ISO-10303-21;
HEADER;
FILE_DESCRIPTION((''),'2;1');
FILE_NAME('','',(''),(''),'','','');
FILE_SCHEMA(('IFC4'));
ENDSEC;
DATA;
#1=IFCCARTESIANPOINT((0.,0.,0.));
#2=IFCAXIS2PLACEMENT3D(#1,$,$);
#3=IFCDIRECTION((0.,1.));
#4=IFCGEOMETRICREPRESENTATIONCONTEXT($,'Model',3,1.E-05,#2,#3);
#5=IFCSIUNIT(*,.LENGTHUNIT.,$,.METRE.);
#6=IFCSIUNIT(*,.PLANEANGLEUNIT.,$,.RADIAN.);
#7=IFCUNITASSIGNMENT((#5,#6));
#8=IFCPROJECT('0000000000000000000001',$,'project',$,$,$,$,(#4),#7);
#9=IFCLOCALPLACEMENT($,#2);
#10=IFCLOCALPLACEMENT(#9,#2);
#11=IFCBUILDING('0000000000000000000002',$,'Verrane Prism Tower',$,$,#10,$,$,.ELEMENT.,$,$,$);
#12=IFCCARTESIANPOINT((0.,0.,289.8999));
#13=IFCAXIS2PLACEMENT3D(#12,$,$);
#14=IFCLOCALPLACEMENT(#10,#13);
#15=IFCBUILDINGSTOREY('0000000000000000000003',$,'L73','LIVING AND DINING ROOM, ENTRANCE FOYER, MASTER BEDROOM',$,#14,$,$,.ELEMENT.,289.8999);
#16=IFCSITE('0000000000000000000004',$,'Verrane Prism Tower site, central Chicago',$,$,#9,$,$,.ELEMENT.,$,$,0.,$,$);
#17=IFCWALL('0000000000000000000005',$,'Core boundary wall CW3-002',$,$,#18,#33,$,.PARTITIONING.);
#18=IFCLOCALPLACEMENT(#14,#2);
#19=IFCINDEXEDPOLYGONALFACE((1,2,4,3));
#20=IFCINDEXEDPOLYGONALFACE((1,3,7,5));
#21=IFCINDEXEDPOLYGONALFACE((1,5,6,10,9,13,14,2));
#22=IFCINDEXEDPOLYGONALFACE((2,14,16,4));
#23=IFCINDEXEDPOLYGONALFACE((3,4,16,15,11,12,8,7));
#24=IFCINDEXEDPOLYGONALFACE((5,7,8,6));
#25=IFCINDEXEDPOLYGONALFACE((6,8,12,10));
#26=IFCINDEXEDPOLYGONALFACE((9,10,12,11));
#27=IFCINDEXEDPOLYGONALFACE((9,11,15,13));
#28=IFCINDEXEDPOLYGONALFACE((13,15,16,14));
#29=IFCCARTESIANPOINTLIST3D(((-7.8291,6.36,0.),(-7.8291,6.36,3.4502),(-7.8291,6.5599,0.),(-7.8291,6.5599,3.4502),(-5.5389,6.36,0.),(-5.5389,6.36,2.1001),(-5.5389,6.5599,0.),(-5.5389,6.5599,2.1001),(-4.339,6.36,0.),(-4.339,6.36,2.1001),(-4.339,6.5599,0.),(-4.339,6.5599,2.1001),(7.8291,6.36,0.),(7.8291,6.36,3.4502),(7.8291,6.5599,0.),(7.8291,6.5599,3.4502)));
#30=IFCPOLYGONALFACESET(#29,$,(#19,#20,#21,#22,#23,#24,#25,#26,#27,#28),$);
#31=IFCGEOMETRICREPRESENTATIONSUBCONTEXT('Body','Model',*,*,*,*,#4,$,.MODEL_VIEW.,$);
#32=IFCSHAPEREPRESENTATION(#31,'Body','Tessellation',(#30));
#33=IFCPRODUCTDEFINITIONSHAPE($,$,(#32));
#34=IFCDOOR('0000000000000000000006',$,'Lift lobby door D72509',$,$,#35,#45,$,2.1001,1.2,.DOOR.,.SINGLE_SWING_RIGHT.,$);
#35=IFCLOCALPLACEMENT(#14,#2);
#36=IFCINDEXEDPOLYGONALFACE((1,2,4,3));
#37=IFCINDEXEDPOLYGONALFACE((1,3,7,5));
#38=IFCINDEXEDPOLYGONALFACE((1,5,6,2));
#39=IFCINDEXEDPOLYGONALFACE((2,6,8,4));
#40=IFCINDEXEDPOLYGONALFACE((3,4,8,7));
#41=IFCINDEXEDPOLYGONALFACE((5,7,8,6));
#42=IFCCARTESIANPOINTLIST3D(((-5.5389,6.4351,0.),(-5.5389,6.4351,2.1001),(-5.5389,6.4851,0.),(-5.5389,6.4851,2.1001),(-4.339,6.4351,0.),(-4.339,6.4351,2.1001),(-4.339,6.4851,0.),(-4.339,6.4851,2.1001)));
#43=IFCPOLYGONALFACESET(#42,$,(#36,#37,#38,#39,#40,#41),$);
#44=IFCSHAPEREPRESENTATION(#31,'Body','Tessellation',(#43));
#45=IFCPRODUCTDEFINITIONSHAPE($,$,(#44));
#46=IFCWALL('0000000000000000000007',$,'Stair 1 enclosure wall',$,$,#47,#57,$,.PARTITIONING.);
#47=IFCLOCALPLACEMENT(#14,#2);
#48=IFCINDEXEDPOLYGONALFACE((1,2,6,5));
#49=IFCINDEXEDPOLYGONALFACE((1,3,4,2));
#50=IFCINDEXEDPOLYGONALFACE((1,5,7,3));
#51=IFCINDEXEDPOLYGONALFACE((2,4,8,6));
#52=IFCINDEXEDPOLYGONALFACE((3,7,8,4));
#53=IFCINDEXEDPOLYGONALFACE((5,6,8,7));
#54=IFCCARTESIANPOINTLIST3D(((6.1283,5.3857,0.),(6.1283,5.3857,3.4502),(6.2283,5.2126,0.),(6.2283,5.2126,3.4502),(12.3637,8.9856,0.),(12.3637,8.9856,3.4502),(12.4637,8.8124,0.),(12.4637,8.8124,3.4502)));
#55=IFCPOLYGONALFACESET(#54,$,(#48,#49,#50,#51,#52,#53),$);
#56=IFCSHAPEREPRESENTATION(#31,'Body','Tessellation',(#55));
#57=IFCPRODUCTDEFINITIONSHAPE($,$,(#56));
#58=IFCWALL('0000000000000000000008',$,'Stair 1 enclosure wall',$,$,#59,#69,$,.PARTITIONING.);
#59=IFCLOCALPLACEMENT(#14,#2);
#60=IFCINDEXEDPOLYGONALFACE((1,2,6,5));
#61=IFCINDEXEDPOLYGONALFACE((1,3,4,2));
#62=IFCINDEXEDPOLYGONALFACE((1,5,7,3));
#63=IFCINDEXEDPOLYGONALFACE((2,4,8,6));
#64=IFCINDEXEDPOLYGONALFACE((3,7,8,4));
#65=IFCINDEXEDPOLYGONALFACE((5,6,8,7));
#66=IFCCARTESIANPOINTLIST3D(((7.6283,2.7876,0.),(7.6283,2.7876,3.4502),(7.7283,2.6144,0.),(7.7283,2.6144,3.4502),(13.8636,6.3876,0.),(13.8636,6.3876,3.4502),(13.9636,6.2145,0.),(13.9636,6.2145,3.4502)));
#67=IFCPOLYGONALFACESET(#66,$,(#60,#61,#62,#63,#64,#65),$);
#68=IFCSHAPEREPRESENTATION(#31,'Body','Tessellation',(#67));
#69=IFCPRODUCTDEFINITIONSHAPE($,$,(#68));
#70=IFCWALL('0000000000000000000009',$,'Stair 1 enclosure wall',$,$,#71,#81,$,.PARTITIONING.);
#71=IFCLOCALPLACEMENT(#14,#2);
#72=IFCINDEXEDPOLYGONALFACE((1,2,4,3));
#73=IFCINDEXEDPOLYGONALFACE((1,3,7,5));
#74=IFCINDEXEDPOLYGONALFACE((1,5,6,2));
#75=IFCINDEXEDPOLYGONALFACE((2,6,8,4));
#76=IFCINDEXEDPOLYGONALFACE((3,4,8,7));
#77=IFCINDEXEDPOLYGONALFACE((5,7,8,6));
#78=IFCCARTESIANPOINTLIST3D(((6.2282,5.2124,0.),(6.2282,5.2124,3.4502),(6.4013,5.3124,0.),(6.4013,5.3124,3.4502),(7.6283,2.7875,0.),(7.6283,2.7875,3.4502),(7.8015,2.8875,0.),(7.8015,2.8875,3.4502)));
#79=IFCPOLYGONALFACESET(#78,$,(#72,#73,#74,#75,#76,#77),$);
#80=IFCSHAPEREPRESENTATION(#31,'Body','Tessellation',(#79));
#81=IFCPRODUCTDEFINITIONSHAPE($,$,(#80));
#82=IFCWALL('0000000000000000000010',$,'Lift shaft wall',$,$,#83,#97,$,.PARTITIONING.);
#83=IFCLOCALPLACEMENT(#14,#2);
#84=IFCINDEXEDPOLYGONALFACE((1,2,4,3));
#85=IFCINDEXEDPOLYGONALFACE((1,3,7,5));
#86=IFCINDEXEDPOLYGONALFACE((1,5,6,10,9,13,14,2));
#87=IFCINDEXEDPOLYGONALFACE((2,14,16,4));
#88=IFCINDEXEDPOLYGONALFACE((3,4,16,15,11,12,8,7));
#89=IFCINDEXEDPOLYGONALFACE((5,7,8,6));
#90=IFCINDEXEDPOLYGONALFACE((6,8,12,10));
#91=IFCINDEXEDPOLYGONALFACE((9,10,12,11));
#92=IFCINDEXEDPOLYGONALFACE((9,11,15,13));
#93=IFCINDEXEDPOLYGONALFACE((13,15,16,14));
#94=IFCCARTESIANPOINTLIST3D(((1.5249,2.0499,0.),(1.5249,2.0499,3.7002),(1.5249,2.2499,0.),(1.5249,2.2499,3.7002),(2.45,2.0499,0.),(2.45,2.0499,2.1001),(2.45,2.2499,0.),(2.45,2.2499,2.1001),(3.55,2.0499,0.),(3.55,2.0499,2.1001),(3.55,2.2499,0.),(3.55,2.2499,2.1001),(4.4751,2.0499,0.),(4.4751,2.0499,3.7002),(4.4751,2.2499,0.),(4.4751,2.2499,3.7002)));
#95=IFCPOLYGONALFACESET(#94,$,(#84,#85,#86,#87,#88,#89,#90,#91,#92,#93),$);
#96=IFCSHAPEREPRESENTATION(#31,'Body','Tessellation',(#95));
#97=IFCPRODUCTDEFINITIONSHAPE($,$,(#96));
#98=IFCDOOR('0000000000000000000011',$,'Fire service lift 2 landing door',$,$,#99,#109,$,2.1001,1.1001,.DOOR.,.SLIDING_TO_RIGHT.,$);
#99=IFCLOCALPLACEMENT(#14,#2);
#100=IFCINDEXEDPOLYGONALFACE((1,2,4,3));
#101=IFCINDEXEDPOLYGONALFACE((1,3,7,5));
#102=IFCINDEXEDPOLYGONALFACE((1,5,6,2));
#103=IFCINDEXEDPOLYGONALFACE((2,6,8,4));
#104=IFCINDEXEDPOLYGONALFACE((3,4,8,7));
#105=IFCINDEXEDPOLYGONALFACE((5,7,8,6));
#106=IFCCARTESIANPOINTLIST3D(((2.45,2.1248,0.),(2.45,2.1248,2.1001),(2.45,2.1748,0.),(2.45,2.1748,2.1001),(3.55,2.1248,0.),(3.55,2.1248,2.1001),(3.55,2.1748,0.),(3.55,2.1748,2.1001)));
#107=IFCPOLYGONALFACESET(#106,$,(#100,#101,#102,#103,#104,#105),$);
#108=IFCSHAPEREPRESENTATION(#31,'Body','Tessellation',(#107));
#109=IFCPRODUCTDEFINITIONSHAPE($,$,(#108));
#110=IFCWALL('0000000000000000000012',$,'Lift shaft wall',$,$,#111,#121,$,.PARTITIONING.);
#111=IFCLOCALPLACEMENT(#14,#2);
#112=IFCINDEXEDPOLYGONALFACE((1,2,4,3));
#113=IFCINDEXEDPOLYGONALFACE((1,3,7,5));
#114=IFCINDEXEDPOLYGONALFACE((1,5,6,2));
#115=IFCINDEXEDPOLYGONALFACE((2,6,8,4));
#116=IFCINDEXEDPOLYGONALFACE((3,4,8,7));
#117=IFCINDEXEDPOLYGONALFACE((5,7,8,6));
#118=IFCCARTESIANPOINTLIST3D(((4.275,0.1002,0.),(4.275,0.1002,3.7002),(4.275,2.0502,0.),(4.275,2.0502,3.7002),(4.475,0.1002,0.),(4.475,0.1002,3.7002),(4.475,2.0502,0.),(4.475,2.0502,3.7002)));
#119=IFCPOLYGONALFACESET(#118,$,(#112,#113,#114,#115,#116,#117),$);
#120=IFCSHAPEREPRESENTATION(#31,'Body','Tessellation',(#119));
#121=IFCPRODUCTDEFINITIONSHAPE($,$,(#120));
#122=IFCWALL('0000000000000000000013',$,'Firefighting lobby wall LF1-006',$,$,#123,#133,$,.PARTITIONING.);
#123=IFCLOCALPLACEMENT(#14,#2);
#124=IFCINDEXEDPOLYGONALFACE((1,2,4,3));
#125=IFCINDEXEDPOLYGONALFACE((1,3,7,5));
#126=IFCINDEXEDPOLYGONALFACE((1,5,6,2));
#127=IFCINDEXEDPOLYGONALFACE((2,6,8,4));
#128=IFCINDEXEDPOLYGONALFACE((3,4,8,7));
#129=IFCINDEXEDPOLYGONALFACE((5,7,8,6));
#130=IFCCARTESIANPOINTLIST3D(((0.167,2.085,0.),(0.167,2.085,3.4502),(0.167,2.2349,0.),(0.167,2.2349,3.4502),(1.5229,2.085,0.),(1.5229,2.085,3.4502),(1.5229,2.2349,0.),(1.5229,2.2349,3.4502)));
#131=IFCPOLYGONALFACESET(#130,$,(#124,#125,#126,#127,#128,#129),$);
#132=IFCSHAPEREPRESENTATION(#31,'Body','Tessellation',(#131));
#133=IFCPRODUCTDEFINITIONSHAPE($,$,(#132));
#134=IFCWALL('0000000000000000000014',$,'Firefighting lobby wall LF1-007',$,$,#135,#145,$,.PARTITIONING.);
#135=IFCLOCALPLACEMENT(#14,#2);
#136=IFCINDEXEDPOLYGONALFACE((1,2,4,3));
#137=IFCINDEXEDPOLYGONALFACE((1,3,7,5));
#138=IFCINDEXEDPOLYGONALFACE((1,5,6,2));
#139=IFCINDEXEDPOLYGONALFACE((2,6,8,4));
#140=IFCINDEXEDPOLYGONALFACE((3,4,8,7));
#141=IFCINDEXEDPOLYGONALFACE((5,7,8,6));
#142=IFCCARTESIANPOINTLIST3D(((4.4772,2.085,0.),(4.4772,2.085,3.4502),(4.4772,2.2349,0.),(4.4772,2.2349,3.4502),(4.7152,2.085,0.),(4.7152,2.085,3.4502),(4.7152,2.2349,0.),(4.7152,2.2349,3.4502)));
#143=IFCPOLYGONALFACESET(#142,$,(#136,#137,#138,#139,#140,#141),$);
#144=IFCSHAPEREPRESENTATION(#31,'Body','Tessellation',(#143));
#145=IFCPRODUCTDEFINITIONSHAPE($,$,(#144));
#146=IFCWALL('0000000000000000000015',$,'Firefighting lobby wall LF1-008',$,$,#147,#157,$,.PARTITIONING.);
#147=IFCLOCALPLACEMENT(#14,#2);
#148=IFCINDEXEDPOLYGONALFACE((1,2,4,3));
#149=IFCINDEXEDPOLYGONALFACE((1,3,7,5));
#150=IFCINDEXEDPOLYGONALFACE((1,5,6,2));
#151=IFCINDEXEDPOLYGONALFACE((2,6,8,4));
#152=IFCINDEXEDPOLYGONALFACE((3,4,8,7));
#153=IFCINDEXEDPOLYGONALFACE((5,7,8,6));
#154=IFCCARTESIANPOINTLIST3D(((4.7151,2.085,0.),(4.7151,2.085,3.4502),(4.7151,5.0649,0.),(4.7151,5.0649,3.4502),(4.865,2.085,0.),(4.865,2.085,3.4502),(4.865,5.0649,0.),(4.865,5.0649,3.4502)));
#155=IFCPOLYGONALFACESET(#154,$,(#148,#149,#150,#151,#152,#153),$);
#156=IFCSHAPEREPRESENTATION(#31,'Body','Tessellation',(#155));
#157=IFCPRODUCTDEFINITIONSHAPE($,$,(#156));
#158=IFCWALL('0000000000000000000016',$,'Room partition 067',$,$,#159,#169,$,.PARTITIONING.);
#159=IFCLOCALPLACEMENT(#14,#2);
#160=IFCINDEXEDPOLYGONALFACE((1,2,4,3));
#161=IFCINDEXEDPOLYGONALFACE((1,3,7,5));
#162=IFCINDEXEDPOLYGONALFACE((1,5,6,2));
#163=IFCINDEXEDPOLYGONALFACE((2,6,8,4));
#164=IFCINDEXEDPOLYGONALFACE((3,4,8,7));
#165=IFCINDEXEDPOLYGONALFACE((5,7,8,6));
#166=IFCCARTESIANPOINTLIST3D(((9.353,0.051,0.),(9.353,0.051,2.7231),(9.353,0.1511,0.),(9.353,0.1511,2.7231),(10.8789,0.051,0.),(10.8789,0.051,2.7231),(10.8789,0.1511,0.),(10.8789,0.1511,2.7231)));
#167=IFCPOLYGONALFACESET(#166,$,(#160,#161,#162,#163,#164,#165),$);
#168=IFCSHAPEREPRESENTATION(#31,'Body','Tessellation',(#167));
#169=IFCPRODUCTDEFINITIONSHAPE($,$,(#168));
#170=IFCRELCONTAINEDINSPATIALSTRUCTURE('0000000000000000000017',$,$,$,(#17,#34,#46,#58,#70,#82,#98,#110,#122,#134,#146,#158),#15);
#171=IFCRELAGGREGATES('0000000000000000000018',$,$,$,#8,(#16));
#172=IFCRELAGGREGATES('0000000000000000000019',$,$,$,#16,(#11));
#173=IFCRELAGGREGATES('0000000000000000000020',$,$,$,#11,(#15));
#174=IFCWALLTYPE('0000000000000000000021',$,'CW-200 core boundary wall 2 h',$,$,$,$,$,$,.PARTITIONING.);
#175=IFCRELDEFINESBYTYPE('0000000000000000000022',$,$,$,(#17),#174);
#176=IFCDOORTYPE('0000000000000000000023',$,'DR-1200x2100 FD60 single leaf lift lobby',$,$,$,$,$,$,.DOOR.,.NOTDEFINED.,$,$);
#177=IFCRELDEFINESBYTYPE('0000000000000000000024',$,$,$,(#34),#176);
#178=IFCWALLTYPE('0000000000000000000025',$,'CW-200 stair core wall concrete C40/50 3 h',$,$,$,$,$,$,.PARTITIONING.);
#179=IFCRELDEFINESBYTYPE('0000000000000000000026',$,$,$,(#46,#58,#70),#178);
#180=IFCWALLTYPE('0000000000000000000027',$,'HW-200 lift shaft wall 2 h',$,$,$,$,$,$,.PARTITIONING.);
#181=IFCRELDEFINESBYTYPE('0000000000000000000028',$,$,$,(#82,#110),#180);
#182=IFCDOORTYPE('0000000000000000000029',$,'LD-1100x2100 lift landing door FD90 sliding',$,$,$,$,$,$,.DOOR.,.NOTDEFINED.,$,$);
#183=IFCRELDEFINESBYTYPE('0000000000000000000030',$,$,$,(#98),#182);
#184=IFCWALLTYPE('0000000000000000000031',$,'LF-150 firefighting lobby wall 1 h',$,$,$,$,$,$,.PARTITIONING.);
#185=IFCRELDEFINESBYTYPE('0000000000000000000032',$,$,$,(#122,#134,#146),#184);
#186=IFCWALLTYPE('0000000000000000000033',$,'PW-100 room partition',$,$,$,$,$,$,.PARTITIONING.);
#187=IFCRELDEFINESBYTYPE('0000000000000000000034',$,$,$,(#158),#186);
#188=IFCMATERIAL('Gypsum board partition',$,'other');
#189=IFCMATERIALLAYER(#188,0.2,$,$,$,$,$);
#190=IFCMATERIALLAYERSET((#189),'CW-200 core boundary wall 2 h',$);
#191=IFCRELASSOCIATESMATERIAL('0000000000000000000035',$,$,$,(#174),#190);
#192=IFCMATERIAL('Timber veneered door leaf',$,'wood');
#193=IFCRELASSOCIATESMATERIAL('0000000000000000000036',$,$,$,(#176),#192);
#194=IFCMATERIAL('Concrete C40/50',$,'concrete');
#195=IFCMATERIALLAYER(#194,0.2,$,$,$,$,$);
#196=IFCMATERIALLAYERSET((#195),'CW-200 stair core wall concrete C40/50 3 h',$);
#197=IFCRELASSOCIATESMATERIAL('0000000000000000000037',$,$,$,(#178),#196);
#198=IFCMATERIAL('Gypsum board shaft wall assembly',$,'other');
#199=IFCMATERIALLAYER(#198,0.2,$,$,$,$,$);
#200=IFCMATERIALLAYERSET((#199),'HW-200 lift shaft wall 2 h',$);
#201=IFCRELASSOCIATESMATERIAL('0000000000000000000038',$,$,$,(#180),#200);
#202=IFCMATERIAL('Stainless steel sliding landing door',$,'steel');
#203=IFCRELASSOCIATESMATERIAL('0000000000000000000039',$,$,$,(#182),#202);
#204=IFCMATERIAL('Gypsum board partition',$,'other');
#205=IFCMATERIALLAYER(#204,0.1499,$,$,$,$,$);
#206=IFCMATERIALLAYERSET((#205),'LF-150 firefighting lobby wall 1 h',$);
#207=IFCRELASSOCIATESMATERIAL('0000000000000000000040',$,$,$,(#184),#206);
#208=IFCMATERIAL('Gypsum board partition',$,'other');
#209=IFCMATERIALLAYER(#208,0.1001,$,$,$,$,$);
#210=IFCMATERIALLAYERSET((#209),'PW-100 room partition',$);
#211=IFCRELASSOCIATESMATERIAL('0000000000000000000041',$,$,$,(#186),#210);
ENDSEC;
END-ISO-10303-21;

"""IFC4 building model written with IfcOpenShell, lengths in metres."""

from ifc_helpers import new_model, si_unit, direction, frame, frame_2d, origin, place, context, subcontext, project, spatial, rectangle, extrude, material, layer, layer_set, type_object, element, fill, save


model = new_model("IFC4")

# Units and contexts
model_context = context("Model", 3, precision=1e-05, world=origin(), true_north=direction((0.0, 1.0)))
body_context = subcontext(model_context, "Body", "Model", "MODEL_VIEW")
ifc_project = project(units=[si_unit("LENGTHUNIT", "METRE"), si_unit("PLANEANGLEUNIT", "RADIAN")], contexts=[model_context])

# Site, building, storey
site_placement = place(None, origin())
site = spatial("IfcSite", under=ifc_project, at=site_placement, Name="Verrane Prism Tower site, central Chicago", CompositionType="ELEMENT", RefElevation=0.0)
building_placement = place(site_placement, origin())
building = spatial("IfcBuilding", under=site, at=building_placement, Name="Verrane Prism Tower", CompositionType="ELEMENT")
storey_placement = place(building_placement, frame((0.0, 0.0, 289.8999)))
storey = spatial("IfcBuildingStorey", under=building, at=storey_placement, Name="L73", Description="LIVING AND DINING ROOM, ENTRANCE FOYER, MASTER BEDROOM", CompositionType="ELEMENT", Elevation=289.8999)

# Wall, opening, door
ifc_material_1 = material(Name="Gypsum board partition", Category="other")
ifc_layer_1 = layer(ifc_material_1, 0.2)
ifc_layer_set_1 = layer_set([ifc_layer_1], Name="CW-200 core boundary wall 2 h")
wall_type_1 = type_object("IfcWallType", Name="CW-200 core boundary wall 2 h", PredefinedType="PARTITIONING", material=ifc_layer_set_1)
wall_1_placement = place(storey_placement, frame((7.8291, 6.46, 0.0), z_axis=(0.0, 0.0, 1.0), x_axis=(-1.0, 0.0, 0.0)))
wall_1 = element("IfcWall", 1, at=wall_1_placement, inside=storey, type_object=wall_type_1, Name="Core boundary wall CW3-002", PredefinedType="PARTITIONING", context=body_context, shape_type="SweptSolid", body=[
    extrude(rectangle(XDim=15.6582, YDim=0.2, at=frame_2d((7.8291, 0.0))), origin(), (0.0, 0.0, 1.0), 3.4502),
])
opening_1_placement = place(wall_1_placement, frame((12.168, 0.0, 0.0)))
opening_1 = element("IfcOpeningElement", 2, at=opening_1_placement, cuts=wall_1, PredefinedType="OPENING", context=body_context, shape_type="SweptSolid", body=[
    extrude(rectangle(XDim=1.2, YDim=2.1001, at=frame_2d((0.6001, 1.05))), frame((0.0, 0.1099, 0.0), z_axis=(0.0, -1.0, 0.0), x_axis=(1.0, 0.0, 0.0)), (0.0, 0.0, 1.0), 0.22),
])
ifc_material_2 = material(Name="Timber veneered door leaf", Category="wood")
door_type_1 = type_object("IfcDoorType", Name="DR-1200x2100 FD60 single leaf lift lobby", OperationType="NOTDEFINED", PredefinedType="DOOR", material=ifc_material_2)
door_1_placement = place(opening_1_placement, origin())
door_1 = element("IfcDoor", 3, at=door_1_placement, inside=storey, type_object=door_type_1, Name="Lift lobby door D72509", OperationType="SINGLE_SWING_RIGHT", OverallHeight=2.1001, OverallWidth=1.2, PredefinedType="DOOR", context=body_context, shape_type="SweptSolid", body=[
    extrude(rectangle(XDim=1.2, YDim=2.1001, at=frame_2d((0.6001, 1.05))), frame((0.0, 0.0249, 0.0), z_axis=(0.0, -1.0, 0.0), x_axis=(1.0, 0.0, 0.0)), (0.0, 0.0, 1.0), 0.05),
])
fill(opening_1, door_1)

# Walls
ifc_material_3 = material(Name="Concrete C40/50", Category="concrete")
ifc_layer_2 = layer(ifc_material_3, 0.2)
ifc_layer_set_2 = layer_set([ifc_layer_2], Name="CW-200 stair core wall concrete C40/50 3 h")
wall_type_2 = type_object("IfcWallType", Name="CW-200 stair core wall concrete C40/50 3 h", PredefinedType="PARTITIONING", material=ifc_layer_set_2)
for number, where, z_axis, x_axis, name in (
    (4, (6.1782, 5.2991, 0.0), (0.0, 0.0, 1.0), (0.866033, 0.499987, 0.0), "Stair 1 enclosure wall"),
    (5, (7.6782, 2.7009, 0.0), (0.0, 0.0, 1.0), (0.866018, 0.500012, 0.0), "Stair 1 enclosure wall"),
):
    element("IfcWall", number, at=place(storey_placement, frame(where, z_axis=z_axis, x_axis=x_axis)), inside=storey, type_object=wall_type_2, Name=name, PredefinedType="PARTITIONING", context=body_context, shape_type="SweptSolid", body=[
        extrude(rectangle(XDim=7.2, YDim=0.2, at=frame_2d((3.6001, 0.0))), origin(), (0.0, 0.0, 1.0), 3.4502),
    ])
wall_2_placement = place(storey_placement, frame((7.7148, 2.8376, 0.0), z_axis=(0.0, 0.0, 1.0), x_axis=(-0.50005, 0.865997, 0.0)))
element("IfcWall", 6, at=wall_2_placement, inside=storey, type_object=wall_type_2, Name="Stair 1 enclosure wall", PredefinedType="PARTITIONING", context=body_context, shape_type="SweptSolid", body=[
    extrude(rectangle(XDim=2.8, YDim=0.2, at=frame_2d((1.3999, 0.0))), origin(), (0.0, 0.0, 1.0), 3.4502),
])

# Wall, opening, door
ifc_material_4 = material(Name="Gypsum board shaft wall assembly", Category="other")
ifc_layer_3 = layer(ifc_material_4, 0.2)
ifc_layer_set_3 = layer_set([ifc_layer_3], Name="HW-200 lift shaft wall 2 h")
wall_type_3 = type_object("IfcWallType", Name="HW-200 lift shaft wall 2 h", PredefinedType="PARTITIONING", material=ifc_layer_set_3)
wall_3_placement = place(storey_placement, frame((1.5249, 2.1499, 0.0), z_axis=(0.0, 0.0, 1.0), x_axis=(1.0, 0.0, 0.0)))
wall_3 = element("IfcWall", 7, at=wall_3_placement, inside=storey, type_object=wall_type_3, Name="Lift shaft wall", PredefinedType="PARTITIONING", context=body_context, shape_type="SweptSolid", body=[
    extrude(rectangle(XDim=2.9502, YDim=0.2, at=frame_2d((1.4751, 0.0))), origin(), (0.0, 0.0, 1.0), 3.7002),
])
opening_2_placement = place(wall_3_placement, frame((0.925, 0.0, 0.0)))
opening_2 = element("IfcOpeningElement", 8, at=opening_2_placement, cuts=wall_3, PredefinedType="OPENING", context=body_context, shape_type="SweptSolid", body=[
    extrude(rectangle(XDim=1.1001, YDim=2.1001, at=frame_2d((0.55, 1.05))), frame((0.0, 0.1099, 0.0), z_axis=(0.0, -1.0, 0.0), x_axis=(1.0, 0.0, 0.0)), (0.0, 0.0, 1.0), 0.22),
])
ifc_material_5 = material(Name="Stainless steel sliding landing door", Category="steel")
door_type_2 = type_object("IfcDoorType", Name="LD-1100x2100 lift landing door FD90 sliding", OperationType="NOTDEFINED", PredefinedType="DOOR", material=ifc_material_5)
door_2_placement = place(opening_2_placement, origin())
door_2 = element("IfcDoor", 9, at=door_2_placement, inside=storey, type_object=door_type_2, Name="Fire service lift 2 landing door", OperationType="SLIDING_TO_RIGHT", OverallHeight=2.1001, OverallWidth=1.1001, PredefinedType="DOOR", context=body_context, shape_type="SweptSolid", body=[
    extrude(rectangle(XDim=1.1001, YDim=2.1001, at=frame_2d((0.55, 1.05))), frame((0.0, 0.0249, 0.0), z_axis=(0.0, -1.0, 0.0), x_axis=(1.0, 0.0, 0.0)), (0.0, 0.0, 1.0), 0.05),
])
fill(opening_2, door_2)

# Walls
wall_4_placement = place(storey_placement, frame((4.375, 0.1001, 0.0), z_axis=(0.0, 0.0, 1.0), x_axis=(0.0, 1.0, 0.0)))
element("IfcWall", 10, at=wall_4_placement, inside=storey, type_object=wall_type_3, Name="Lift shaft wall", PredefinedType="PARTITIONING", context=body_context, shape_type="SweptSolid", body=[
    extrude(rectangle(XDim=1.95, YDim=0.2, at=frame_2d((0.9751, 0.0))), origin(), (0.0, 0.0, 1.0), 3.7002),
])
ifc_material_6 = material(Name="Gypsum board partition", Category="other")
ifc_layer_4 = layer(ifc_material_6, 0.1499)
ifc_layer_set_4 = layer_set([ifc_layer_4], Name="LF-150 firefighting lobby wall 1 h")
wall_type_4 = type_object("IfcWallType", Name="LF-150 firefighting lobby wall 1 h", PredefinedType="PARTITIONING", material=ifc_layer_set_4)
wall_5_placement = place(storey_placement, frame((0.167, 2.1599, 0.0), z_axis=(0.0, 0.0, 1.0), x_axis=(1.0, 0.0, 0.0)))
element("IfcWall", 11, at=wall_5_placement, inside=storey, type_object=wall_type_4, Name="Firefighting lobby wall LF1-006", PredefinedType="PARTITIONING", context=body_context, shape_type="SweptSolid", body=[
    extrude(rectangle(XDim=1.356, YDim=0.1499, at=frame_2d((0.678, 0.0))), origin(), (0.0, 0.0, 1.0), 3.4502),
])
wall_6_placement = place(storey_placement, frame((4.4771, 2.1599, 0.0), z_axis=(0.0, 0.0, 1.0), x_axis=(1.0, 0.0, 0.0)))
element("IfcWall", 12, at=wall_6_placement, inside=storey, type_object=wall_type_4, Name="Firefighting lobby wall LF1-007", PredefinedType="PARTITIONING", context=body_context, shape_type="SweptSolid", body=[
    extrude(rectangle(XDim=0.238, YDim=0.1499, at=frame_2d((0.1191, 0.0))), origin(), (0.0, 0.0, 1.0), 3.4502),
])
wall_7_placement = place(storey_placement, frame((4.79, 2.085, 0.0), z_axis=(0.0, 0.0, 1.0), x_axis=(0.0, 1.0, 0.0)))
element("IfcWall", 13, at=wall_7_placement, inside=storey, type_object=wall_type_4, Name="Firefighting lobby wall LF1-008", PredefinedType="PARTITIONING", context=body_context, shape_type="SweptSolid", body=[
    extrude(rectangle(XDim=2.98, YDim=0.1499, at=frame_2d((1.49, 0.0))), origin(), (0.0, 0.0, 1.0), 3.4502),
])
ifc_material_7 = material(Name="Gypsum board partition", Category="other")
ifc_layer_5 = layer(ifc_material_7, 0.1001)
ifc_layer_set_5 = layer_set([ifc_layer_5], Name="PW-100 room partition")
wall_type_5 = type_object("IfcWallType", Name="PW-100 room partition", PredefinedType="PARTITIONING", material=ifc_layer_set_5)
wall_8_placement = place(storey_placement, frame((9.353, 0.1011, 0.0), z_axis=(0.0, 0.0, 1.0), x_axis=(1.0, 0.0, 0.0)))
element("IfcWall", 14, at=wall_8_placement, inside=storey, type_object=wall_type_5, Name="Room partition 067", PredefinedType="PARTITIONING", context=body_context, shape_type="SweptSolid", body=[
    extrude(rectangle(XDim=1.5259, YDim=0.1001, at=frame_2d((0.7629, 0.0))), origin(), (0.0, 0.0, 1.0), 2.7231),
])

save(model, "model.ifc")
